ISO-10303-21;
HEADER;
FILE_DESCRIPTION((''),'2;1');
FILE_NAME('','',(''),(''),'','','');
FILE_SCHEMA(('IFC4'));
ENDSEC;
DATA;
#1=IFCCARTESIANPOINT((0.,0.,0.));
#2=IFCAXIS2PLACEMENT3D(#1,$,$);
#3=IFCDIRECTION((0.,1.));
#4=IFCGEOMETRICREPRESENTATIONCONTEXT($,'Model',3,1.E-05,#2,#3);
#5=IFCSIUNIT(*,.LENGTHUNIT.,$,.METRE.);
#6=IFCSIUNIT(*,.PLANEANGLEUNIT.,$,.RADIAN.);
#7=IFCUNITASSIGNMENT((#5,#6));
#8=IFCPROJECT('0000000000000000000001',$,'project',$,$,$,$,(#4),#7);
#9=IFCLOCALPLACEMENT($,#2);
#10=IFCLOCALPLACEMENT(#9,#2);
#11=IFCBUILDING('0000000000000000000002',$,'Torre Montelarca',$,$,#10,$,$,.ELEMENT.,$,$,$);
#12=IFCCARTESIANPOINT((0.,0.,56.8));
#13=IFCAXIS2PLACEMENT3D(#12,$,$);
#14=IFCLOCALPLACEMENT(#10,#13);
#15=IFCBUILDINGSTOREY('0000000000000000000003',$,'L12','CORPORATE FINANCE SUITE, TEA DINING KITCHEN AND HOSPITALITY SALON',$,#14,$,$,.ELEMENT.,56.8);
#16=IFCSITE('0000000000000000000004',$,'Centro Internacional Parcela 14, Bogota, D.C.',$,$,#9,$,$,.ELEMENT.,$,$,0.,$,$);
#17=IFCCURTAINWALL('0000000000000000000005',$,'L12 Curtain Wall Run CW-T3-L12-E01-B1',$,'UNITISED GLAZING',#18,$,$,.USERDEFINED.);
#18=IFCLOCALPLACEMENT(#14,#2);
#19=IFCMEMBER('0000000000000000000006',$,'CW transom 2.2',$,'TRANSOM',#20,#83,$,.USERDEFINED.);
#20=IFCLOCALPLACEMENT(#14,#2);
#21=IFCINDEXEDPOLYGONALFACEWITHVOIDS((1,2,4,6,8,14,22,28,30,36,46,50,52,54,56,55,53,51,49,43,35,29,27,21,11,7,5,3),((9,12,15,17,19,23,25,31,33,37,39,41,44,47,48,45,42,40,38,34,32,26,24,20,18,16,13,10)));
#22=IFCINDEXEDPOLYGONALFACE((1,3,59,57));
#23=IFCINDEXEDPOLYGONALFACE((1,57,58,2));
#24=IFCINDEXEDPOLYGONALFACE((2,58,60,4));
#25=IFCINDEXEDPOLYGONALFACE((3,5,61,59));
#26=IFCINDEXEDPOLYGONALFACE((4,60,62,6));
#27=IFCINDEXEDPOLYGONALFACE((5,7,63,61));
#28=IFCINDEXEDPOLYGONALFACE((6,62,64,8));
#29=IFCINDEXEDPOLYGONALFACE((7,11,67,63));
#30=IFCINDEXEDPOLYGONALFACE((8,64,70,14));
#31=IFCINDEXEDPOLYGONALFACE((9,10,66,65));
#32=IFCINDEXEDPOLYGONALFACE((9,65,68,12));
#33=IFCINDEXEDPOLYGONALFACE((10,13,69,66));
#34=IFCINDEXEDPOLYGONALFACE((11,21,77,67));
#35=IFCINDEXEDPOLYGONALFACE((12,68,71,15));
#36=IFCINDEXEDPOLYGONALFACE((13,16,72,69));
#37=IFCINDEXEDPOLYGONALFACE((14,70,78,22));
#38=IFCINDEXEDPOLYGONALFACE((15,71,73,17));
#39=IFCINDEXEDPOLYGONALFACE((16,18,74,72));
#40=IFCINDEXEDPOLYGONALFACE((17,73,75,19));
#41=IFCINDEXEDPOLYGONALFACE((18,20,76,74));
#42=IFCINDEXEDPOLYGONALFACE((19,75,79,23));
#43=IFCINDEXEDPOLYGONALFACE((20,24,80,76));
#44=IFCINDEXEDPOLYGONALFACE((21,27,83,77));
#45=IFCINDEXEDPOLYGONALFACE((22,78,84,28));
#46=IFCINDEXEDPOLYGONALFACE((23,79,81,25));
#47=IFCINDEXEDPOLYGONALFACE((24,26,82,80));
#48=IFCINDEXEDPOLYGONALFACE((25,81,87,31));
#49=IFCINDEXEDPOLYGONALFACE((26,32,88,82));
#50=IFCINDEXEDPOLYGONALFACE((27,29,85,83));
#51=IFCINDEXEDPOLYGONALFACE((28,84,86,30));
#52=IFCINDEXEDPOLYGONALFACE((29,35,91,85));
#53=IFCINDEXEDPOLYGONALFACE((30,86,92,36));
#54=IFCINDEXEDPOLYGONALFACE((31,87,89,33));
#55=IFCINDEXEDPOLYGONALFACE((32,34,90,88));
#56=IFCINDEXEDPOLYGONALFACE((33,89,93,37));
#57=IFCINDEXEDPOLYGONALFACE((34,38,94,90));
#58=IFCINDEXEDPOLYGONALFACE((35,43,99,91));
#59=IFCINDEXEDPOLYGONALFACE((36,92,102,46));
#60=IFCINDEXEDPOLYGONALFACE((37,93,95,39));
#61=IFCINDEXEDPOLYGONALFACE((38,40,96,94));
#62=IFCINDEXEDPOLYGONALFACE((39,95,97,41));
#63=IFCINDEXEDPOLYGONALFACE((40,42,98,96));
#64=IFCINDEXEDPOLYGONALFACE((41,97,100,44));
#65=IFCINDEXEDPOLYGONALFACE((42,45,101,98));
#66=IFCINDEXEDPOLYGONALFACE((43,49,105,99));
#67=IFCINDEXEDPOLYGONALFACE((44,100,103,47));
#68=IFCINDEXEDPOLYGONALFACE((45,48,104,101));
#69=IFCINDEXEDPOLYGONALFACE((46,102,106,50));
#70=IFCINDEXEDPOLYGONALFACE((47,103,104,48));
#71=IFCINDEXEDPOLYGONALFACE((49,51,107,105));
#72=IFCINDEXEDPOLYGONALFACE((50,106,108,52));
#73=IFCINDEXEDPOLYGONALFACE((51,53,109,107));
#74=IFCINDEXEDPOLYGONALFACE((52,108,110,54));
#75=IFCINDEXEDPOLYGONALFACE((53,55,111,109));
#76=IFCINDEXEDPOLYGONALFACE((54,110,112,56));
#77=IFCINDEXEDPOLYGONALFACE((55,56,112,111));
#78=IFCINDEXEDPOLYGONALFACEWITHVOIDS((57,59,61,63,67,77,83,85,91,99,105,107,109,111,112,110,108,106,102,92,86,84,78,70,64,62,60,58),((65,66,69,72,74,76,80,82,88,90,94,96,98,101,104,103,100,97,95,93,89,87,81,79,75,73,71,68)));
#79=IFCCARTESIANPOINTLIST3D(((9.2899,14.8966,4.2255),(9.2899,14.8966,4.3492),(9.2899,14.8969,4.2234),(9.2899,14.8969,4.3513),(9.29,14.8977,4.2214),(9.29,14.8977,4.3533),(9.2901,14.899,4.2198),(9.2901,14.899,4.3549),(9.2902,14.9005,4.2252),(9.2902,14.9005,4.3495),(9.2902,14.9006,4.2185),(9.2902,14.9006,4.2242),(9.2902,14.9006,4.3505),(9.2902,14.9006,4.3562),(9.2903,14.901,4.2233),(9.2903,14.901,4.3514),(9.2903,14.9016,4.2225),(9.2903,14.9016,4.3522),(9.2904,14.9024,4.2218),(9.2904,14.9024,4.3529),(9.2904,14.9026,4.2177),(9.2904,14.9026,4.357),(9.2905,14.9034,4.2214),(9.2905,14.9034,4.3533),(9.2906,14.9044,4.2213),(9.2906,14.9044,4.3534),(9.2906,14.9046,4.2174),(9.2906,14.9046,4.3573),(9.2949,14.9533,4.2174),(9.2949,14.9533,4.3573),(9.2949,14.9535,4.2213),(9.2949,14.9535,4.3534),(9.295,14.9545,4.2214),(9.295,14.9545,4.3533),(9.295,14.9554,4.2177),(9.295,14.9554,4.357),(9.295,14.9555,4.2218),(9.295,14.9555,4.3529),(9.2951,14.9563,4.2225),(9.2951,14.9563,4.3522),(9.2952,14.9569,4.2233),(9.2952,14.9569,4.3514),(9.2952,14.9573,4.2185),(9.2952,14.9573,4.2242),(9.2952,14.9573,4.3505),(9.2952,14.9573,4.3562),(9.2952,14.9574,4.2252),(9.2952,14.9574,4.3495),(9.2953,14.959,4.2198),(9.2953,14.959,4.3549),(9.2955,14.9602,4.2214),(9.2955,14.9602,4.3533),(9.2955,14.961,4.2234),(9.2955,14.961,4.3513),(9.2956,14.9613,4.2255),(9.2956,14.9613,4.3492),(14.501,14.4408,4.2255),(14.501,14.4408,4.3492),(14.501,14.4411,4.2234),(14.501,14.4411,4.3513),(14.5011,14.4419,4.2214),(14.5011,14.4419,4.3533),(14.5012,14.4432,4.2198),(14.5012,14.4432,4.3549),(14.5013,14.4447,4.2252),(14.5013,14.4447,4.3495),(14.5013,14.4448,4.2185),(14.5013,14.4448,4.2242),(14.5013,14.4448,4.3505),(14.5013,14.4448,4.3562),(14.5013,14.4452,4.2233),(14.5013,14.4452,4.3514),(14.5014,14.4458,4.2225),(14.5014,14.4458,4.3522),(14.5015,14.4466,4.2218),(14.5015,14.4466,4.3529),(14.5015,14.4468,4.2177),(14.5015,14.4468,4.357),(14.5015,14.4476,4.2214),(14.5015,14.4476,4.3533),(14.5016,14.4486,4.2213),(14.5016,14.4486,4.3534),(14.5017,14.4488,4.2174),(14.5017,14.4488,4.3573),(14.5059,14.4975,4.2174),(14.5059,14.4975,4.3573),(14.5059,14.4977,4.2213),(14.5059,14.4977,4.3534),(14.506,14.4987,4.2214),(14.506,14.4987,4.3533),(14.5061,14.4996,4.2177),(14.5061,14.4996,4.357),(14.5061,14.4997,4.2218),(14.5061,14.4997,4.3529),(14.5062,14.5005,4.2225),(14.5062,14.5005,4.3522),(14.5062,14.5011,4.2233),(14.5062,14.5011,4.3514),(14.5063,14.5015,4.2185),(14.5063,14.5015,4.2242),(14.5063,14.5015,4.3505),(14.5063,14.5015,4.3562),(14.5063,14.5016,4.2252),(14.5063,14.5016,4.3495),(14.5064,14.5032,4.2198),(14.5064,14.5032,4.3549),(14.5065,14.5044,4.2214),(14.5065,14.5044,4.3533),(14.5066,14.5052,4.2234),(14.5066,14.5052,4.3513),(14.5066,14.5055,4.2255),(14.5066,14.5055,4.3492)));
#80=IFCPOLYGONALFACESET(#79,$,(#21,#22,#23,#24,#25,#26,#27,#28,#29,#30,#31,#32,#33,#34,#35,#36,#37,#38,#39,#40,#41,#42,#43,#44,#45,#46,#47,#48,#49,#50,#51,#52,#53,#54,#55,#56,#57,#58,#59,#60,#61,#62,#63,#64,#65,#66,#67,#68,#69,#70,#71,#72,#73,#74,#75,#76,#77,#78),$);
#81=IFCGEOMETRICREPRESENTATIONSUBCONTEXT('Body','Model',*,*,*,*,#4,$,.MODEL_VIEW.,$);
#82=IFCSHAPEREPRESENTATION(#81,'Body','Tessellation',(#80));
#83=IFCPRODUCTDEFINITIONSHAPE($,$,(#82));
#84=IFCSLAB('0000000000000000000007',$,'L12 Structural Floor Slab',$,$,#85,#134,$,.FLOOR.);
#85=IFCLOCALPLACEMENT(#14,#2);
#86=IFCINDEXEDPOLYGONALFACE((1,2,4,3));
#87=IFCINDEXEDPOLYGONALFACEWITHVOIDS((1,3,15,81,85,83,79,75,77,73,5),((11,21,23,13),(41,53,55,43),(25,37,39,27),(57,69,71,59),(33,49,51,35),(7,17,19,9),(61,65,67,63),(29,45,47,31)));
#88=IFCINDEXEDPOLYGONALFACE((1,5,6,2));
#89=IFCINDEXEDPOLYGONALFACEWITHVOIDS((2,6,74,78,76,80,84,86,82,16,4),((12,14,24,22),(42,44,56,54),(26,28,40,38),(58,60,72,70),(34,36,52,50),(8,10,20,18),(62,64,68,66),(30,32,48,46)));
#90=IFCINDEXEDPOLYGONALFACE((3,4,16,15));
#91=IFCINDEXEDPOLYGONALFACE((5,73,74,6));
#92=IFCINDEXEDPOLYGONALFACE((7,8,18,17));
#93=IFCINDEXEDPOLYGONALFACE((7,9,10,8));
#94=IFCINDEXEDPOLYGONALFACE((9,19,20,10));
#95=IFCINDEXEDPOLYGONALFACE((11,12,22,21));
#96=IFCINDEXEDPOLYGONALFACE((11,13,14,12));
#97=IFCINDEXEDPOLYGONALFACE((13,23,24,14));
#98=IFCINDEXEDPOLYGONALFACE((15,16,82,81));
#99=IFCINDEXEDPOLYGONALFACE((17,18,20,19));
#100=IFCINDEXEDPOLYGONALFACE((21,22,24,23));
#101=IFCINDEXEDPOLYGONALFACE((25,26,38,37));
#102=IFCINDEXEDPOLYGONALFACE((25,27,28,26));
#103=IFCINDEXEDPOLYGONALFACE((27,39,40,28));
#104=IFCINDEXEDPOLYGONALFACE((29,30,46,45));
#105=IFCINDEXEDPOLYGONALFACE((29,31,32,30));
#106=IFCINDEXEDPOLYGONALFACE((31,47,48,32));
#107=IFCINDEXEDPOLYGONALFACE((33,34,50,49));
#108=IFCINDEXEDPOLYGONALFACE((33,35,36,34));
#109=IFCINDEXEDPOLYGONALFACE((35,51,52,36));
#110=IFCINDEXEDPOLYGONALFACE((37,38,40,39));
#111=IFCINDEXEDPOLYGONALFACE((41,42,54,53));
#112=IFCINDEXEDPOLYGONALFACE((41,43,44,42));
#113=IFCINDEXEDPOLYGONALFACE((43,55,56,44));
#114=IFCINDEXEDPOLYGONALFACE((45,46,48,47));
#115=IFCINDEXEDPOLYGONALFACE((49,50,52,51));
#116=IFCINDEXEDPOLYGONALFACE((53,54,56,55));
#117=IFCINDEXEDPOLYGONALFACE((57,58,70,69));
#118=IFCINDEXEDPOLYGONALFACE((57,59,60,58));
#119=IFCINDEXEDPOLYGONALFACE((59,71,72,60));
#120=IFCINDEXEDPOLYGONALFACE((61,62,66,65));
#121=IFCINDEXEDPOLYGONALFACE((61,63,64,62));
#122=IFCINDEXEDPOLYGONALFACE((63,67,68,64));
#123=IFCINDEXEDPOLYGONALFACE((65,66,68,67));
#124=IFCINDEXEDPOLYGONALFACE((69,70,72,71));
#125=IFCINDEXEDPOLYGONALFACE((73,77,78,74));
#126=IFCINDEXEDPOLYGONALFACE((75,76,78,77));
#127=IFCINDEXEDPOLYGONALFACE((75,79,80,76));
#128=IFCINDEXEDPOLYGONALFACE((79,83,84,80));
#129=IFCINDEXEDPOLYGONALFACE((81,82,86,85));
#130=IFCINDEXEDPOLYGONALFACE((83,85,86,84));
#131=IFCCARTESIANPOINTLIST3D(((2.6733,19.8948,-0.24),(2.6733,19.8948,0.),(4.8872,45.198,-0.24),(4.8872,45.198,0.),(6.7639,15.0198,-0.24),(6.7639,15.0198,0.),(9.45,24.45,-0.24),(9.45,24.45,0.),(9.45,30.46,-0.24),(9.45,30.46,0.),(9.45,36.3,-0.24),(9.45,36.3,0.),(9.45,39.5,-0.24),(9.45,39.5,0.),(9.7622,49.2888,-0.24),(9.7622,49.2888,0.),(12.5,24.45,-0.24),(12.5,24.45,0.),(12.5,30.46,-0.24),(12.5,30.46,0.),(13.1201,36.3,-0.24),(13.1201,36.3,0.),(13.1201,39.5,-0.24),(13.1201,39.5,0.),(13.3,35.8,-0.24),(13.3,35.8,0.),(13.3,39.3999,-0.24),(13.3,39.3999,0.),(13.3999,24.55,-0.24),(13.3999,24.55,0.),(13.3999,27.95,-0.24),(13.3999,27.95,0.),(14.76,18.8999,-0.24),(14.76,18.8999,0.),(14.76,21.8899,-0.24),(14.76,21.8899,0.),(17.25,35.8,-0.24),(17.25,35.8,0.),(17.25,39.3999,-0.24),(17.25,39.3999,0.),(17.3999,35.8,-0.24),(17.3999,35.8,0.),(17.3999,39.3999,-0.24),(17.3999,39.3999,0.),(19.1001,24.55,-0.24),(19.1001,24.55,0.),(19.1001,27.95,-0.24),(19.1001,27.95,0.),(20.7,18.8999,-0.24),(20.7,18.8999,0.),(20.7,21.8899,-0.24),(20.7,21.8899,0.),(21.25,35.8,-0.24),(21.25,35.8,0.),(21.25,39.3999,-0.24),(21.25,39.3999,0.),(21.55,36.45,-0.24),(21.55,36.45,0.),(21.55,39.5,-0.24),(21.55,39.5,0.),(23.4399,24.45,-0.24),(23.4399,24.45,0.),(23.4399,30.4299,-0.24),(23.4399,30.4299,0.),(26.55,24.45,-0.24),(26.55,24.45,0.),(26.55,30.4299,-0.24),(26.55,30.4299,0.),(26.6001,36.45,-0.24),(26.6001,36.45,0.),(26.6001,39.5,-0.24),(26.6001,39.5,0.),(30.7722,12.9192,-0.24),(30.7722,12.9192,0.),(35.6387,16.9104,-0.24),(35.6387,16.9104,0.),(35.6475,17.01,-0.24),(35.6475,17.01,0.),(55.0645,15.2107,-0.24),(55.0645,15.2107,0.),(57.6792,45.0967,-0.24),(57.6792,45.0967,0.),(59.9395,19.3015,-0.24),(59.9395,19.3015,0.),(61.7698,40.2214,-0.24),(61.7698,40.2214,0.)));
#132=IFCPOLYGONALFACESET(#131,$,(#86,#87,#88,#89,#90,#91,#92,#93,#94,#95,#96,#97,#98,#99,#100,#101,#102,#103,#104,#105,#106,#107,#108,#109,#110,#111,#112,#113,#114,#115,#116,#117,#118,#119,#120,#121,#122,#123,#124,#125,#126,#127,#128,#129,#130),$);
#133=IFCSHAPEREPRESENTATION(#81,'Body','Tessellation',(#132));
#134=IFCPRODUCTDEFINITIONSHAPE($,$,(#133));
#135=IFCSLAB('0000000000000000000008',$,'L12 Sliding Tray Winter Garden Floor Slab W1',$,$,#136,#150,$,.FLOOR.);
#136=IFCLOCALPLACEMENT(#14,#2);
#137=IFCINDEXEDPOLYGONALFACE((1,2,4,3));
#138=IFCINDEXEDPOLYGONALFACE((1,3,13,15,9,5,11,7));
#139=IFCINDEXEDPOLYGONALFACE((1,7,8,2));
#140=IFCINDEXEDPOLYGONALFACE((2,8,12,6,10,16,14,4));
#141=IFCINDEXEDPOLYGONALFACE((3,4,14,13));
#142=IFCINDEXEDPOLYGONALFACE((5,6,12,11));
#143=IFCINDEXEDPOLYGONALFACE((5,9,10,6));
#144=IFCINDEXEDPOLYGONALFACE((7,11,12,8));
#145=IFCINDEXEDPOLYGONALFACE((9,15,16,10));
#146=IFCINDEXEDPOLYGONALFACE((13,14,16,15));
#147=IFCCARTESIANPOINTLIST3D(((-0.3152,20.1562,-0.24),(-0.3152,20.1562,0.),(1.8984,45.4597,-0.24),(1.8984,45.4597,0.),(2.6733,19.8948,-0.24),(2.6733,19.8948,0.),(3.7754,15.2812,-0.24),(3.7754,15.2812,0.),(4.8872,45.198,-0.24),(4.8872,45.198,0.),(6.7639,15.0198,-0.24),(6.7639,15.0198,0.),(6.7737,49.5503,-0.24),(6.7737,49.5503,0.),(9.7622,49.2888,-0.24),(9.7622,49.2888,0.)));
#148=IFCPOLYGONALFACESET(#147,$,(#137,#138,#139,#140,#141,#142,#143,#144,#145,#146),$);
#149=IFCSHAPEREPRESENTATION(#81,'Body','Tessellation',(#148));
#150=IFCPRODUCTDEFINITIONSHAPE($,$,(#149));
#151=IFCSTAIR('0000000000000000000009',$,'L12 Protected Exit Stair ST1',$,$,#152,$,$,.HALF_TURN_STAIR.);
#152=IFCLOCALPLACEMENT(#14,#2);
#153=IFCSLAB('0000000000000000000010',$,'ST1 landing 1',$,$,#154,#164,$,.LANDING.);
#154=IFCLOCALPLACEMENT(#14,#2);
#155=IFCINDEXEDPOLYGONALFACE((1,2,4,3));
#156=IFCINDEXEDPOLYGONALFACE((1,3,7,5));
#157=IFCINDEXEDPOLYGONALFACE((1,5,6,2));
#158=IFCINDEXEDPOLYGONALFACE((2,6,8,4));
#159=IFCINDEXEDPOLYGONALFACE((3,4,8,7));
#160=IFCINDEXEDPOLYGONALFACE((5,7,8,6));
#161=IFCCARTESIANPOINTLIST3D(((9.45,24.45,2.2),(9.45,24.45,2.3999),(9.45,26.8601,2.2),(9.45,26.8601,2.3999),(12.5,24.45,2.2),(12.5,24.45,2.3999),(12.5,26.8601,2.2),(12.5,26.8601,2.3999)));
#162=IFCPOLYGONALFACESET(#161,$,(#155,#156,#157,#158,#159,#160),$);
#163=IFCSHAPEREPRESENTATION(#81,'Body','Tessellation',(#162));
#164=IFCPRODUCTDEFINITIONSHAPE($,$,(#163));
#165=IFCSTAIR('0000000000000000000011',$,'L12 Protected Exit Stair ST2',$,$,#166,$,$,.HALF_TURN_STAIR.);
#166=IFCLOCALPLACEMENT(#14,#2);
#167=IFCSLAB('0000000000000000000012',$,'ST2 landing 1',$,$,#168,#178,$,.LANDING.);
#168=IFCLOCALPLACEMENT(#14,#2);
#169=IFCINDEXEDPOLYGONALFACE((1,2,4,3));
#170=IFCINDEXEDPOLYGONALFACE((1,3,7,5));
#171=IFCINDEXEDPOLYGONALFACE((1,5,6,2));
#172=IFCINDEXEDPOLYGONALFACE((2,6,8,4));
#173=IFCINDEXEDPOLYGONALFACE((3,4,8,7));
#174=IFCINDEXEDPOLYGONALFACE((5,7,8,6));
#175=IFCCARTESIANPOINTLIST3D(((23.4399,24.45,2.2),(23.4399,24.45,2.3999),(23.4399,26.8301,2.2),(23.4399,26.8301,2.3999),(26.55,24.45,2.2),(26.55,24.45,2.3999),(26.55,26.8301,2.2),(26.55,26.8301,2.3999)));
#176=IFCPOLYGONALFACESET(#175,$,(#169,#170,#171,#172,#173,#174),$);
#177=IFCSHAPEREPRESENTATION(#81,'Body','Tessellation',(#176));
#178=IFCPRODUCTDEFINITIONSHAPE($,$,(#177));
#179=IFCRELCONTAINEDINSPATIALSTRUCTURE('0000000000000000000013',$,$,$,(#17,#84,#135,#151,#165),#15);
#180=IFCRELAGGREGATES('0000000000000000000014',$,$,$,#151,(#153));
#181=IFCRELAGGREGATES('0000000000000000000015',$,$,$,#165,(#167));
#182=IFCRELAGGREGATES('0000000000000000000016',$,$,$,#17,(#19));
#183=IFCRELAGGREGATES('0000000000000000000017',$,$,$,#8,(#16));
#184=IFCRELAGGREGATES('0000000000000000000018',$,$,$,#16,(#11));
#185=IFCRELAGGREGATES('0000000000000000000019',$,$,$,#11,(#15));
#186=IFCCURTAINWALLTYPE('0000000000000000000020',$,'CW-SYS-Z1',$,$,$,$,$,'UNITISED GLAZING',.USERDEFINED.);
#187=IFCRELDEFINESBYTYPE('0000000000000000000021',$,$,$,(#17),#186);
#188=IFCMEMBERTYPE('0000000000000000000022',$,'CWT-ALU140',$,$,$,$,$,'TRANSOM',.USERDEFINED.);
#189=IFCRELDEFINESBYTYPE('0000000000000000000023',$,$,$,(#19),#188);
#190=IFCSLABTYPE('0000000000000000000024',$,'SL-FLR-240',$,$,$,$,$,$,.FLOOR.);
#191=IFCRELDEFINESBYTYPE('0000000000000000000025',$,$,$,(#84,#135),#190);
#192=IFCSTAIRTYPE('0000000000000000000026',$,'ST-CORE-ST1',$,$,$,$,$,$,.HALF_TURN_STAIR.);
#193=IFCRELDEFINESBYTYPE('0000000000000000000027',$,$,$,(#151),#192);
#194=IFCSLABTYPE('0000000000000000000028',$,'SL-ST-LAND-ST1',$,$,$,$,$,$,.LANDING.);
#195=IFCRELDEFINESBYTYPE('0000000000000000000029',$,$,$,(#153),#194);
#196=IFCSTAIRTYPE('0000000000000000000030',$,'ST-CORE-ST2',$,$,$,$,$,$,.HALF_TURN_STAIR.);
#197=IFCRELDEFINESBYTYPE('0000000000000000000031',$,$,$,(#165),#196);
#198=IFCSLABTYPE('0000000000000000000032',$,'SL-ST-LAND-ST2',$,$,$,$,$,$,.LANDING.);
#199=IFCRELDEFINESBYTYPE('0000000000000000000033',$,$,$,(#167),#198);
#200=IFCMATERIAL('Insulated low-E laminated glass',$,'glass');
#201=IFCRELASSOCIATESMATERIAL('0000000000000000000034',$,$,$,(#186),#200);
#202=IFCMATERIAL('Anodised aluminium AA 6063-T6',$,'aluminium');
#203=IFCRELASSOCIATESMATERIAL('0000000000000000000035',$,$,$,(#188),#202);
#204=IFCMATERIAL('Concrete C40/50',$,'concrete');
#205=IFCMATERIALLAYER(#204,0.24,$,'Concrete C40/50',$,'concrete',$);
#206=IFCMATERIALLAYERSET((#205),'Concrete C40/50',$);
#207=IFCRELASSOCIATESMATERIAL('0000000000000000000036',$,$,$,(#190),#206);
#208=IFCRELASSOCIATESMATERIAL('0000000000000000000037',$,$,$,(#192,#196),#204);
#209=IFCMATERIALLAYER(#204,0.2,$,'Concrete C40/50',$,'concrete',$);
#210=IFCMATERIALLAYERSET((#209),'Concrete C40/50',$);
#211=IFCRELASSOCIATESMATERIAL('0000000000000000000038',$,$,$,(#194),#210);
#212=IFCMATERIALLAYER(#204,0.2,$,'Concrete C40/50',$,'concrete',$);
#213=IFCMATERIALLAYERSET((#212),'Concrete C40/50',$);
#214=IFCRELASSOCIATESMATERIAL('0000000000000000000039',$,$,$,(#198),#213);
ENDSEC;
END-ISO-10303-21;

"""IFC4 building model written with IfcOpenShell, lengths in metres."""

from ifc_helpers import new_model, si_unit, direction, frame, origin, origin_2d, place, context, subcontext, project, spatial, polyline, hollow_rectangle, outline, extrude, source, transform, mapped, material, layer, layer_set, material_profile, profile_set, type_object, element, aggregate, save


model = new_model("IFC4")

# Units and contexts
model_context = context("Model", 3, precision=1e-05, world=origin(), true_north=direction((0.0, 1.0)))
body_context = subcontext(model_context, "Body", "Model", "MODEL_VIEW")
ifc_project = project(units=[si_unit("LENGTHUNIT", "METRE"), si_unit("PLANEANGLEUNIT", "RADIAN")], contexts=[model_context])

# Site, building, storey
site_placement = place(None, origin())
site = spatial("IfcSite", under=ifc_project, at=site_placement, Name="Centro Internacional Parcela 14, Bogota, D.C.", CompositionType="ELEMENT", RefElevation=0.0)
building_placement = place(site_placement, origin())
building = spatial("IfcBuilding", under=site, at=building_placement, Name="Torre Montelarca", CompositionType="ELEMENT")
storey_placement = place(building_placement, frame((0.0, 0.0, 56.8)))
storey = spatial("IfcBuildingStorey", under=building, at=storey_placement, Name="L12", Description="CORPORATE FINANCE SUITE, TEA DINING KITCHEN AND HOSPITALITY SALON", CompositionType="ELEMENT", Elevation=56.8)

# Curtain wall
ifc_material_1 = material(Name="Insulated low-E laminated glass", Category="glass")
curtain_wall_type = type_object("IfcCurtainWallType", Name="CW-SYS-Z1", ElementType="UNITISED GLAZING", PredefinedType="USERDEFINED", material=ifc_material_1)
curtain_wall_1_placement = place(storey_placement, origin())
curtain_wall_1 = element("IfcCurtainWall", 1, at=curtain_wall_1_placement, inside=storey, type_object=curtain_wall_type, Name="L12 Curtain Wall Run CW-T3-L12-E01-B1", ObjectType="UNITISED GLAZING", PredefinedType="USERDEFINED")
ifc_material_2 = material(Name="Anodised aluminium AA 6063-T6", Category="aluminium")
ifc_material_profile_1 = material_profile(ifc_material_2, hollow_rectangle(XDim=0.0649, YDim=0.1399, WallThickness=0.0039, InnerFilletRadius=0.0039, OuterFilletRadius=0.0081, at=origin_2d()), Name="ALU65X140X4", Category="aluminium")
ifc_profile_set_1 = profile_set([ifc_material_profile_1], Name="Anodised aluminium AA 6063-T6")
member_type_1 = type_object("IfcMemberType", Name="CWT-ALU140", ElementType="TRANSOM", PredefinedType="USERDEFINED", material=ifc_profile_set_1)

# Member
shared_shape_1 = source(origin(), body_context, "Body", "SweptSolid", [
    extrude(hollow_rectangle(XDim=0.0649, YDim=0.1399, WallThickness=0.0039, InnerFilletRadius=0.0039, OuterFilletRadius=0.0081, at=origin_2d()), origin(), (0.0, 0.0, 1.0), 5.231),
])
member_1_placement = place(storey_placement, frame((9.2927, 14.929, 4.2874), z_axis=(0.996197, -0.087135, 0.0), x_axis=(0.087135, 0.996197, 0.0)))
member_1 = element("IfcMember", 2, at=member_1_placement, type_object=member_type_1, Name="CW transom 2.2", ObjectType="TRANSOM", PredefinedType="USERDEFINED", context=body_context, shape_type="MappedRepresentation", body=[
    mapped(shared_shape_1, transform((0.0, 0.0, 0.0), scale=1.0)),
])

# Slabs
ifc_material_3 = material(Name="Concrete C40/50", Category="concrete")
ifc_layer_1 = layer(ifc_material_3, 0.24, Name="Concrete C40/50", Category="concrete")
ifc_layer_set_1 = layer_set([ifc_layer_1], Name="Concrete C40/50")
slab_type_1 = type_object("IfcSlabType", Name="SL-FLR-240", PredefinedType="FLOOR", material=ifc_layer_set_1)
slab_1_placement = place(storey_placement, frame((0.0, 0.0, -0.24)))
element("IfcSlab", 3, at=slab_1_placement, inside=storey, type_object=slab_type_1, Name="L12 Structural Floor Slab", PredefinedType="FLOOR", context=body_context, shape_type="SweptSolid", body=[
    extrude(outline(polyline([(30.7722, 12.9192), (35.6475, 17.01), (35.6387, 16.9104), (55.0645, 15.2107), (59.9395, 19.3015), (61.7698, 40.2214), (57.6792, 45.0967), (9.7622, 49.2888), (4.8872, 45.198), (2.6733, 19.8948), (6.7639, 15.0198), (30.7722, 12.9192)]), holes=[polyline([(20.7, 18.8999), (14.76, 18.8999), (14.76, 21.8899), (20.7, 21.8899), (20.7, 18.8999)]), polyline([(19.1001, 24.55), (13.3999, 24.55), (13.3999, 27.95), (19.1001, 27.95), (19.1001, 24.55)]), polyline([(23.4399, 24.45), (23.4399, 30.4299), (26.55, 30.4299), (26.55, 24.45), (23.4399, 24.45)]), polyline([(9.45, 24.45), (9.45, 30.46), (12.5, 30.46), (12.5, 24.45), (9.45, 24.45)]), polyline([(17.25, 35.8), (13.3, 35.8), (13.3, 39.3999), (17.25, 39.3999), (17.25, 35.8)]), polyline([(21.25, 35.8), (17.3999, 35.8), (17.3999, 39.3999), (21.25, 39.3999), (21.25, 35.8)]), polyline([(13.1201, 36.3), (9.45, 36.3), (9.45, 39.5), (13.1201, 39.5), (13.1201, 36.3)]), polyline([(26.6001, 36.45), (21.55, 36.45), (21.55, 39.5), (26.6001, 39.5), (26.6001, 36.45)])]), origin(), (0.0, 0.0, 1.0), 0.24),
])
slab_2_placement = place(storey_placement, frame((0.0, 0.0, -0.24)))
element("IfcSlab", 4, at=slab_2_placement, inside=storey, type_object=slab_type_1, Name="L12 Sliding Tray Winter Garden Floor Slab W1", PredefinedType="FLOOR", context=body_context, shape_type="SweptSolid", body=[
    extrude(outline(polyline([(6.7639, 15.0198), (2.6733, 19.8948), (4.8872, 45.198), (9.7622, 49.2888), (6.7737, 49.5503), (1.8984, 45.4597), (-0.3152, 20.1562), (3.7754, 15.2812), (6.7639, 15.0198)])), origin(), (0.0, 0.0, 1.0), 0.24),
])

# Stairs, slabs
stair_type_1 = type_object("IfcStairType", Name="ST-CORE-ST1", PredefinedType="HALF_TURN_STAIR", material=ifc_material_3)
stair_1_placement = place(storey_placement, origin())
stair_1 = element("IfcStair", 5, at=stair_1_placement, inside=storey, type_object=stair_type_1, Name="L12 Protected Exit Stair ST1", PredefinedType="HALF_TURN_STAIR")
ifc_layer_2 = layer(ifc_material_3, 0.2, Name="Concrete C40/50", Category="concrete")
ifc_layer_set_2 = layer_set([ifc_layer_2], Name="Concrete C40/50")
slab_type_2 = type_object("IfcSlabType", Name="SL-ST-LAND-ST1", PredefinedType="LANDING", material=ifc_layer_set_2)
slab_3_placement = place(storey_placement, frame((0.0, 0.0, 2.2)))
slab_3 = element("IfcSlab", 6, at=slab_3_placement, type_object=slab_type_2, Name="ST1 landing 1", PredefinedType="LANDING", context=body_context, shape_type="SweptSolid", body=[
    extrude(outline(polyline([(9.45, 26.8601), (9.45, 24.45), (12.5, 24.45), (12.5, 26.8601), (9.45, 26.8601)])), origin(), (0.0, 0.0, 1.0), 0.2),
])
aggregate(stair_1, [slab_3])
stair_type_2 = type_object("IfcStairType", Name="ST-CORE-ST2", PredefinedType="HALF_TURN_STAIR", material=ifc_material_3)
stair_2_placement = place(storey_placement, origin())
stair_2 = element("IfcStair", 7, at=stair_2_placement, inside=storey, type_object=stair_type_2, Name="L12 Protected Exit Stair ST2", PredefinedType="HALF_TURN_STAIR")
ifc_layer_3 = layer(ifc_material_3, 0.2, Name="Concrete C40/50", Category="concrete")
ifc_layer_set_3 = layer_set([ifc_layer_3], Name="Concrete C40/50")
slab_type_3 = type_object("IfcSlabType", Name="SL-ST-LAND-ST2", PredefinedType="LANDING", material=ifc_layer_set_3)
slab_4_placement = place(storey_placement, frame((0.0, 0.0, 2.2)))
slab_4 = element("IfcSlab", 8, at=slab_4_placement, type_object=slab_type_3, Name="ST2 landing 1", PredefinedType="LANDING", context=body_context, shape_type="SweptSolid", body=[
    extrude(outline(polyline([(23.4399, 26.8301), (23.4399, 24.45), (26.55, 24.45), (26.55, 26.8301), (23.4399, 26.8301)])), origin(), (0.0, 0.0, 1.0), 0.2),
])
aggregate(stair_2, [slab_4])

aggregate(curtain_wall_1, [member_1])

save(model, "model.ifc")
